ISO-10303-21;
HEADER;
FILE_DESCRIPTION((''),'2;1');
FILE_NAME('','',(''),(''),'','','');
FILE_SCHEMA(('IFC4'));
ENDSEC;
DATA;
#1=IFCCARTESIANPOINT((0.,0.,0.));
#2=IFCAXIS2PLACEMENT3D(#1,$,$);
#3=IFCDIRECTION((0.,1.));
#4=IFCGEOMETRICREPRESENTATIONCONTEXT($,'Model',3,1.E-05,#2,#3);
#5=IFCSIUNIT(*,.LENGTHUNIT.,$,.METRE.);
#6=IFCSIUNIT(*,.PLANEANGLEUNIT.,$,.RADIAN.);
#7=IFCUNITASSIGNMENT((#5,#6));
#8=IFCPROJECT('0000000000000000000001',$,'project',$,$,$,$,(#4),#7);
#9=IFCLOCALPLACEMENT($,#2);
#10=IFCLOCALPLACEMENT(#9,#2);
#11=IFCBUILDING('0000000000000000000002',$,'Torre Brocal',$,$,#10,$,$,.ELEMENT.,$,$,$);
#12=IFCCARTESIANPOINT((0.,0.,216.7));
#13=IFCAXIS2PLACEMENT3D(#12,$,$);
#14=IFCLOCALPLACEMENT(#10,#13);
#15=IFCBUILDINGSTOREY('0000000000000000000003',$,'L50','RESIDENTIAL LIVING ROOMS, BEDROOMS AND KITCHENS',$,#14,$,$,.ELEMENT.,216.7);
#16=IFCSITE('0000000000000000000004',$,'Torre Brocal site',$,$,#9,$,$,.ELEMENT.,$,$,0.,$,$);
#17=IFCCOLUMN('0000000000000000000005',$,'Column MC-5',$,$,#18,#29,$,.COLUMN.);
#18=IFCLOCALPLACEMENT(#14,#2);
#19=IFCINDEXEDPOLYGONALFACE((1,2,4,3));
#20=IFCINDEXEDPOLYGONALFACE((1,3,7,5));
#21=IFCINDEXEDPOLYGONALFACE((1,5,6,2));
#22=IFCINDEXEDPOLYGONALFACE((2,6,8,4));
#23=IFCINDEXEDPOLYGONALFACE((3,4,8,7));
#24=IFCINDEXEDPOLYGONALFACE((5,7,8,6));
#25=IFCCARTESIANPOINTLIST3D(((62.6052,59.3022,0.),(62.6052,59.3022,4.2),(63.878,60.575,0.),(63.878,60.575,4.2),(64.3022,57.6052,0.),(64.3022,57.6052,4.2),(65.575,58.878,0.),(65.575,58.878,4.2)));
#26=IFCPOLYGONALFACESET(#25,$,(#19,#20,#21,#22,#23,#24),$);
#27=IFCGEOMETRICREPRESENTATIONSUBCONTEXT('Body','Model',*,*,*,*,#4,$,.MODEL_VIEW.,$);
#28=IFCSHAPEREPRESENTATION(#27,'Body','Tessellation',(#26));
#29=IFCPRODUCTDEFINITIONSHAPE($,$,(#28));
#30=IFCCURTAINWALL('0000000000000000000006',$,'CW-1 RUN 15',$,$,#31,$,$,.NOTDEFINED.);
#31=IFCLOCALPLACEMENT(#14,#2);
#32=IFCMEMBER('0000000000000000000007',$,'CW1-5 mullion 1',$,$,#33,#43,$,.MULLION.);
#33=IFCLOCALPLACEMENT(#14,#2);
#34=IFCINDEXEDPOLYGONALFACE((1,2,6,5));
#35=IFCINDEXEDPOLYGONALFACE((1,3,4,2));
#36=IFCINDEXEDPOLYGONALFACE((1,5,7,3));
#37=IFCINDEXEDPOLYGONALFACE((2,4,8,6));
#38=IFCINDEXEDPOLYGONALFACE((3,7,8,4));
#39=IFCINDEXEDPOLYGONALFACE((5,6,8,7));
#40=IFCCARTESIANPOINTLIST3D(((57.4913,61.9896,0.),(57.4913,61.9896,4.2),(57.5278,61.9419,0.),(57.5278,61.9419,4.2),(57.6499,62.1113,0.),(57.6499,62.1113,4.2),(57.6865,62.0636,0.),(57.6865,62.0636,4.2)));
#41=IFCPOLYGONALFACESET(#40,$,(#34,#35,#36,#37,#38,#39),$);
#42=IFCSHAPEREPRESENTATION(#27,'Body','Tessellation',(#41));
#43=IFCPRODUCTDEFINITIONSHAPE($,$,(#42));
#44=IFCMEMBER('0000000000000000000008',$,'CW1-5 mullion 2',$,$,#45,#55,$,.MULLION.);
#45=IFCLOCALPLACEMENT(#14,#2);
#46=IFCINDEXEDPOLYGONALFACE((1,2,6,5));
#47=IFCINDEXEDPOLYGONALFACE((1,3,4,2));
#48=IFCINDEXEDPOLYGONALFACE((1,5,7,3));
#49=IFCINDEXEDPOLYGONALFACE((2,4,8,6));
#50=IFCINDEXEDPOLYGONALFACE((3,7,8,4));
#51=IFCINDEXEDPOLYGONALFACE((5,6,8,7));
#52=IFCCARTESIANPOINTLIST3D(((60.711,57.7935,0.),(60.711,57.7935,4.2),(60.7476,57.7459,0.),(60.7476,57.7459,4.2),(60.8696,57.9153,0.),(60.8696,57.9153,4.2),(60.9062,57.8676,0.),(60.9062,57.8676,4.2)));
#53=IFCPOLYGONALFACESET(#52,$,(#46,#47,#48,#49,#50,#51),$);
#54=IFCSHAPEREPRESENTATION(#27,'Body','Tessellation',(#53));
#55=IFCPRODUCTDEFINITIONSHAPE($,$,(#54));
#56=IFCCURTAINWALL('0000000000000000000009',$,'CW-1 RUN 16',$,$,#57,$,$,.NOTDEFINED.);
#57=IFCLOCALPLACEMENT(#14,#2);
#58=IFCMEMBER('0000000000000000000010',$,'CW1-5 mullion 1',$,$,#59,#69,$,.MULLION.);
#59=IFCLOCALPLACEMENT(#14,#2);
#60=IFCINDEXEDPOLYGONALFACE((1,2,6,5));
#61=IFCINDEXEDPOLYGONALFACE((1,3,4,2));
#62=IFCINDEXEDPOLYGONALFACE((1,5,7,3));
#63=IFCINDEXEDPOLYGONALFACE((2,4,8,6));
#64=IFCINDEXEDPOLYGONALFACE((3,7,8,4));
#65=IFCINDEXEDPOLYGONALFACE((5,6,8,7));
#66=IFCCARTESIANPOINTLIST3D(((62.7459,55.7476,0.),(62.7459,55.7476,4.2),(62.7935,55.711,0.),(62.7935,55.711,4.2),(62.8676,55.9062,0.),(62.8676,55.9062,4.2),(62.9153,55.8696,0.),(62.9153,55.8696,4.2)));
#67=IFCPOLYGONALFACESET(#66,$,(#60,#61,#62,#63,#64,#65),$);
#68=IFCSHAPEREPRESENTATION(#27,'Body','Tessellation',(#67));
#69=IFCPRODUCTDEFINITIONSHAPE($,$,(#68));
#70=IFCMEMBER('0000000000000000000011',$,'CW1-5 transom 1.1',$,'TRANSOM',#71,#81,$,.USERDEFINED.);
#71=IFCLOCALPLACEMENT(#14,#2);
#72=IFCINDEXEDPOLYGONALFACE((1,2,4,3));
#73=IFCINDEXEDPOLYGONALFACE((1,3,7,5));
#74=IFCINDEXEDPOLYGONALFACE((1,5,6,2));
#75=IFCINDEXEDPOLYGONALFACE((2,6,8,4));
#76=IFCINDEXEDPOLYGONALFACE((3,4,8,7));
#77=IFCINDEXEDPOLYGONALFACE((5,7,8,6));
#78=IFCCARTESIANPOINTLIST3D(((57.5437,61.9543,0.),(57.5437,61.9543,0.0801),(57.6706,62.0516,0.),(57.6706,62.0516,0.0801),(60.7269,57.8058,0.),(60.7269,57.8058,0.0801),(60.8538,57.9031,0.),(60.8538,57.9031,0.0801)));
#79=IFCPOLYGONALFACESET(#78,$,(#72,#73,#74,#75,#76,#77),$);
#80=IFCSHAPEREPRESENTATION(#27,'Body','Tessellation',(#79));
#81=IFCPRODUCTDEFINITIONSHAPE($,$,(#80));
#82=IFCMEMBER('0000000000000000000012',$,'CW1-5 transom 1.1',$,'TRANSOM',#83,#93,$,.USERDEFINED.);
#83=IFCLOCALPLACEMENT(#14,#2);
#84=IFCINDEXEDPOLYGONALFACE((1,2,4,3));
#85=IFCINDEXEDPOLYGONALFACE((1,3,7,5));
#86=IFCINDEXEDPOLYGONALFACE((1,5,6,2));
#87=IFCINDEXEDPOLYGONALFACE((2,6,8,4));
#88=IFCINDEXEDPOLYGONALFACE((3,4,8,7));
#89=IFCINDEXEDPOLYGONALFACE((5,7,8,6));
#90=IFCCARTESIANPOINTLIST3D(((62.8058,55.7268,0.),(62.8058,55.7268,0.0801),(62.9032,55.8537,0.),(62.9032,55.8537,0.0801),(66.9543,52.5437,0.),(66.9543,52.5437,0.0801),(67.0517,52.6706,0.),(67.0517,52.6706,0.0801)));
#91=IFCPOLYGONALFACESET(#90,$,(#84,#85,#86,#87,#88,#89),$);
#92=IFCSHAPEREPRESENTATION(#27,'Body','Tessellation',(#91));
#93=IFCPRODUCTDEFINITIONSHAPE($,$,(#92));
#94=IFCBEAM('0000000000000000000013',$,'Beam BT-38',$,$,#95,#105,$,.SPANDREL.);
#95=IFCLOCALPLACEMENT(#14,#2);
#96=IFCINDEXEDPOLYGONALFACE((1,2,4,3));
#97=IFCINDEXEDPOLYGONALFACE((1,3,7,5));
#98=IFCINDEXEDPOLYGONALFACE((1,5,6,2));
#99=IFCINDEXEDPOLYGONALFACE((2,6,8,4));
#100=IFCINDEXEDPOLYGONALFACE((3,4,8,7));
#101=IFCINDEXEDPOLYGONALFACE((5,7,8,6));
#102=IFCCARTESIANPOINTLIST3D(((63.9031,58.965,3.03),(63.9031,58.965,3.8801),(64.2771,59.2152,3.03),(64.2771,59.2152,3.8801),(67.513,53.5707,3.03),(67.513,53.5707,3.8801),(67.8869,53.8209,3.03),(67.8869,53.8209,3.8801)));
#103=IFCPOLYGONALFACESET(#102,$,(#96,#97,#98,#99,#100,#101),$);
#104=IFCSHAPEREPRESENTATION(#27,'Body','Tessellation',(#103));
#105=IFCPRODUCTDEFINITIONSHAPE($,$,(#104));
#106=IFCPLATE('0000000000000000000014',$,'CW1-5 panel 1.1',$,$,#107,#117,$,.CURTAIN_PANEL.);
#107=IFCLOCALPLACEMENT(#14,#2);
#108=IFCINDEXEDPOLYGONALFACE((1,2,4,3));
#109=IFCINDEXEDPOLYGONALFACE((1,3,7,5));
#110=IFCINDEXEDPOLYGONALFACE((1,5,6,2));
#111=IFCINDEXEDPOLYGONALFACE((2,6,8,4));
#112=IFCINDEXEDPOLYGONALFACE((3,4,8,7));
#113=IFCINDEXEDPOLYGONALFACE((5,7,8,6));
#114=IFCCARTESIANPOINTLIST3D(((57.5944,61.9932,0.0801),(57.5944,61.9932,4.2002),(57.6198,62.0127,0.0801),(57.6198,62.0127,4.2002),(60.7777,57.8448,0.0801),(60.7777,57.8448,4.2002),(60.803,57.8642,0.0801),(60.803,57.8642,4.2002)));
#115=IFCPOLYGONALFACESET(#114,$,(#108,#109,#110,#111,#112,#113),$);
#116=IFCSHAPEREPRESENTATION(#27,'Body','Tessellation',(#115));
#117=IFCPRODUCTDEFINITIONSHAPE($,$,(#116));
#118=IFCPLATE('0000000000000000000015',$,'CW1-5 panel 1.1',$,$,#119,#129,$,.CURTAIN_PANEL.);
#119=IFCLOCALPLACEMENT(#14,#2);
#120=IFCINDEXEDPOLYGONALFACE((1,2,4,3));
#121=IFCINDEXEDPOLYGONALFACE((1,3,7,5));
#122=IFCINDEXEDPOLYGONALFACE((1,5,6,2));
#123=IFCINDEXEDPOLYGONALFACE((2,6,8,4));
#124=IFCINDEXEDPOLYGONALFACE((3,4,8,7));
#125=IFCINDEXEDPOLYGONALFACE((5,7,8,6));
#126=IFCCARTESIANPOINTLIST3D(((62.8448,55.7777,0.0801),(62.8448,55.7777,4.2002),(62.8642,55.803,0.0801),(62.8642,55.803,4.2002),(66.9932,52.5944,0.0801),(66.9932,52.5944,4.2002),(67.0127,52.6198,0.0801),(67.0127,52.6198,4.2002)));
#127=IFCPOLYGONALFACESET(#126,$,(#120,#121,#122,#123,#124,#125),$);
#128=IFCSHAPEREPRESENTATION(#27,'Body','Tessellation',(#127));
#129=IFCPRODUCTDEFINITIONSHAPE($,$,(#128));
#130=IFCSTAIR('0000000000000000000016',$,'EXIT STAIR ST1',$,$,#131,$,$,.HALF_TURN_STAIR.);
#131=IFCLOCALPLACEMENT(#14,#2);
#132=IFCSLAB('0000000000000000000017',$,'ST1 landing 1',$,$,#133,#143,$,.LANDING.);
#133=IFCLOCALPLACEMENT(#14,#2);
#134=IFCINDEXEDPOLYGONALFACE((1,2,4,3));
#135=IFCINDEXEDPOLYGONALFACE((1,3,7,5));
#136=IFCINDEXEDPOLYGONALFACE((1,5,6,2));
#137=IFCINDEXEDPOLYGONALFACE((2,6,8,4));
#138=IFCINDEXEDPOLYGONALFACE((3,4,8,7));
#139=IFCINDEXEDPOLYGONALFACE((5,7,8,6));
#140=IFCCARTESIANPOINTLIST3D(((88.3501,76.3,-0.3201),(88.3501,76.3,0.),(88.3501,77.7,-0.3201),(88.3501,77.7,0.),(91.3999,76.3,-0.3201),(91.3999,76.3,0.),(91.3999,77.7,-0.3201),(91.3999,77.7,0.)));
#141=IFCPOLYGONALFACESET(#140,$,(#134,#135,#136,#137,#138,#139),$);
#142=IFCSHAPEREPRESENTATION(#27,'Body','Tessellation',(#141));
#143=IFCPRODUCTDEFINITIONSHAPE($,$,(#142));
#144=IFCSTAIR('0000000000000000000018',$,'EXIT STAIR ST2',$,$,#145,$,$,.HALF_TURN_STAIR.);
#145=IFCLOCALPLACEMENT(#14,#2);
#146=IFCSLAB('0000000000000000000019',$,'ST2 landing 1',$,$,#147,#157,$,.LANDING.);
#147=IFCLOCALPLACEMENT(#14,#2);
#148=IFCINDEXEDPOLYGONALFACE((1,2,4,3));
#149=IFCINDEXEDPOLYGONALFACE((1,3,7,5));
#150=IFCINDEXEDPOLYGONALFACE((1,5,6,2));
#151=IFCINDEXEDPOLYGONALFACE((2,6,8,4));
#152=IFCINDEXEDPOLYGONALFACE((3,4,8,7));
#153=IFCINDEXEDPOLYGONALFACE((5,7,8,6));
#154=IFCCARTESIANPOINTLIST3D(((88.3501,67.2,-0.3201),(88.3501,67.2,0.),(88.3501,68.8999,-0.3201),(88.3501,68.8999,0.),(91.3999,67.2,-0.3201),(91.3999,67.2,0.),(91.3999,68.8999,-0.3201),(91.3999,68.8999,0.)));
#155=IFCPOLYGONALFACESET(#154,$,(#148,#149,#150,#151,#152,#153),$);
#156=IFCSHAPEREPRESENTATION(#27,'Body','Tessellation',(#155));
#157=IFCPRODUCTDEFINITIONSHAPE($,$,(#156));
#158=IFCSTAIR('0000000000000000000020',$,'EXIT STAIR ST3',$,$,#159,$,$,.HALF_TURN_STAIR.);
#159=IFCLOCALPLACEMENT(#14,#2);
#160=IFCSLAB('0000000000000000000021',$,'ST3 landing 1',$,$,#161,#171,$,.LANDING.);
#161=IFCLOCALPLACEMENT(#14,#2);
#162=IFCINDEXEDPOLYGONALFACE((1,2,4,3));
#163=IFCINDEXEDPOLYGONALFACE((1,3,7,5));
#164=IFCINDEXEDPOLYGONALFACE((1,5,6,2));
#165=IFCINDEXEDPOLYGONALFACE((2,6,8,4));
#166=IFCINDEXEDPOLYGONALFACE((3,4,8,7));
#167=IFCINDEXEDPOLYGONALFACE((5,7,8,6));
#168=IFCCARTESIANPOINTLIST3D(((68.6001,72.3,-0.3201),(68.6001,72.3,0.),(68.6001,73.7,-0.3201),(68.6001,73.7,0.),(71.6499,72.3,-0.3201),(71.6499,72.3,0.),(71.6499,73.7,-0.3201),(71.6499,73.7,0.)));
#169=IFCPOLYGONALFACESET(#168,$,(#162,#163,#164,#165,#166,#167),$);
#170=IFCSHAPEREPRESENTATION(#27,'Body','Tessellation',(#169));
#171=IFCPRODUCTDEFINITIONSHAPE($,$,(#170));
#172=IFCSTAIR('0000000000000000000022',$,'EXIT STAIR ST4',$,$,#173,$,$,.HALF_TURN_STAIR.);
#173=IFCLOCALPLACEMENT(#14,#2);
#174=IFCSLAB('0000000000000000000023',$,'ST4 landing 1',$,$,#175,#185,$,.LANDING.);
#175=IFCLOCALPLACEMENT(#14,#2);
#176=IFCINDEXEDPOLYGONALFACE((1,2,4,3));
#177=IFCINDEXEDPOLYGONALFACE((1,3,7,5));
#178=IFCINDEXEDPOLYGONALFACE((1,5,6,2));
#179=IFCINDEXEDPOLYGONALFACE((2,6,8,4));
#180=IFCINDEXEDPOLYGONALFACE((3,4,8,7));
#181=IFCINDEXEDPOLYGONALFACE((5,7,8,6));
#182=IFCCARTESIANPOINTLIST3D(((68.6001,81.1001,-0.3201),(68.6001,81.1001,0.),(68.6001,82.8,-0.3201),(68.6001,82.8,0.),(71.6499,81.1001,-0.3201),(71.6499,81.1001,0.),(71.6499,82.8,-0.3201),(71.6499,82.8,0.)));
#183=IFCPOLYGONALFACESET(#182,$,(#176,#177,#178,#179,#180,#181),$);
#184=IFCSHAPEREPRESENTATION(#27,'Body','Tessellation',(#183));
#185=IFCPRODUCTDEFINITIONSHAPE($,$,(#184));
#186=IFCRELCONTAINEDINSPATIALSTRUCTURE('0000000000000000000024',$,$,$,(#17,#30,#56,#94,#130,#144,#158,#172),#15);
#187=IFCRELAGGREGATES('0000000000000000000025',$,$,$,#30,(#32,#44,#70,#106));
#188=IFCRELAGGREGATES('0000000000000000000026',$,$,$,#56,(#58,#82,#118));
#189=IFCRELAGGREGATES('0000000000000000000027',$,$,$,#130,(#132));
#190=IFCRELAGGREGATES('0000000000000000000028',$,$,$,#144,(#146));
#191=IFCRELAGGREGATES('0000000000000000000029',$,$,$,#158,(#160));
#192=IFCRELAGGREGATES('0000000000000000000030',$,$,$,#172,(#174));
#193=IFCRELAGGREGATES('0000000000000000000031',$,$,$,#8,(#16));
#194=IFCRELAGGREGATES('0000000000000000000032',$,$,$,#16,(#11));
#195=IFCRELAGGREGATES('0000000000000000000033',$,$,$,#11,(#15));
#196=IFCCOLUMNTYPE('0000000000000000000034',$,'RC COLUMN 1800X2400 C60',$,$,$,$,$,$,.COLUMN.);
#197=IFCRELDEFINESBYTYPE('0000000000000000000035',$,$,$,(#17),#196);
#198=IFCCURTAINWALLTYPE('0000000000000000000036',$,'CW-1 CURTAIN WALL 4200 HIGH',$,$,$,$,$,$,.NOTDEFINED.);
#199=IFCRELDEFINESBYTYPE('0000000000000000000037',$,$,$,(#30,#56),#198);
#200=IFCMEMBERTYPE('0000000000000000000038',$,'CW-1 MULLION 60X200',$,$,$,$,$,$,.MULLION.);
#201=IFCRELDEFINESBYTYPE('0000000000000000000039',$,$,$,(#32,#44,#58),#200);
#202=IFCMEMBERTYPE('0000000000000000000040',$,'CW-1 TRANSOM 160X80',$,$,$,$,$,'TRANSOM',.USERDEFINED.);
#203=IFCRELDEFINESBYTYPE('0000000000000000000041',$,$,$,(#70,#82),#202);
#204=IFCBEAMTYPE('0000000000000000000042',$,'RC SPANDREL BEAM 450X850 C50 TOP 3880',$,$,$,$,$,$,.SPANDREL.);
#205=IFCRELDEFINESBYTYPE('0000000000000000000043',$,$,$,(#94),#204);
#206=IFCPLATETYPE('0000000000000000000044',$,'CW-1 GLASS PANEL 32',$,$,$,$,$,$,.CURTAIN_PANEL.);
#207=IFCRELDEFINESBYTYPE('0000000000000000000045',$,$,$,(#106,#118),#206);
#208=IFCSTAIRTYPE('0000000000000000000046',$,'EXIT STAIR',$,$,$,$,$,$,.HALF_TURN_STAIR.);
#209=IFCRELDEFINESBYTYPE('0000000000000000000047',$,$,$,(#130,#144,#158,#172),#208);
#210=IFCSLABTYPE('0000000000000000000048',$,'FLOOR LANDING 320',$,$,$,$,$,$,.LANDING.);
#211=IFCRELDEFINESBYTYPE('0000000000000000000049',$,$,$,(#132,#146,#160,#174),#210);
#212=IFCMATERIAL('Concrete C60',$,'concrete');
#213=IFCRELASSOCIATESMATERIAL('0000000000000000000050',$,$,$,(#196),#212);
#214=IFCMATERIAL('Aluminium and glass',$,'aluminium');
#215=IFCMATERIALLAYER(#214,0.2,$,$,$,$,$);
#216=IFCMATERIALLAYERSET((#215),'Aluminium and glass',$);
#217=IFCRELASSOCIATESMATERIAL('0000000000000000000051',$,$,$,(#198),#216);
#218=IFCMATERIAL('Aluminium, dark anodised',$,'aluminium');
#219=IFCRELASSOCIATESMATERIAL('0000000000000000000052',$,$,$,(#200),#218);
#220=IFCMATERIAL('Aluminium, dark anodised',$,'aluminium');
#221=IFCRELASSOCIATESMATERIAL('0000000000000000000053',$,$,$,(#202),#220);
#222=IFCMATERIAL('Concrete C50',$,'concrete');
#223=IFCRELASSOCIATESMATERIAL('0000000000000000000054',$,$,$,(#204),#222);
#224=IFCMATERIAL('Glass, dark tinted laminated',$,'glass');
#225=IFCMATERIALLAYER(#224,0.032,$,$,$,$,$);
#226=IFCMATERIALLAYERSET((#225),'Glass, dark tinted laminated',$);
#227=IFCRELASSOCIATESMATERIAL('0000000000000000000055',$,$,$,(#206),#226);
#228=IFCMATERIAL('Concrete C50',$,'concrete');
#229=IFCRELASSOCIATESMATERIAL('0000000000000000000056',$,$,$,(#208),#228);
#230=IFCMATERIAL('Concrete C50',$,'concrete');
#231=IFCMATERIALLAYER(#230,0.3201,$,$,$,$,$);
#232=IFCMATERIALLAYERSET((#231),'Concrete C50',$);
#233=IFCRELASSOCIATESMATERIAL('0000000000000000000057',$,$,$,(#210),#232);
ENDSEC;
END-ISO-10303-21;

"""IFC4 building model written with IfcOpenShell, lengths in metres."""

from ifc_helpers import new_model, si_unit, direction, frame, origin, origin_2d, place, context, subcontext, project, spatial, polyline, rectangle, outline, extrude, material, layer, layer_set, material_profile, profile_set, type_object, element, aggregate, save


model = new_model("IFC4")

# Units and contexts
model_context = context("Model", 3, precision=1e-05, world=origin(), true_north=direction((0.0, 1.0)))
body_context = subcontext(model_context, "Body", "Model", "MODEL_VIEW")
ifc_project = project(units=[si_unit("LENGTHUNIT", "METRE"), si_unit("PLANEANGLEUNIT", "RADIAN")], contexts=[model_context])

# Site, building, storey
site_placement = place(None, origin())
site = spatial("IfcSite", under=ifc_project, at=site_placement, Name="Torre Brocal site", CompositionType="ELEMENT", RefElevation=0.0)
building_placement = place(site_placement, origin())
building = spatial("IfcBuilding", under=site, at=building_placement, Name="Torre Brocal", CompositionType="ELEMENT")
storey_placement = place(building_placement, frame((0.0, 0.0, 216.7)))
storey = spatial("IfcBuildingStorey", under=building, at=storey_placement, Name="L50", Description="RESIDENTIAL LIVING ROOMS, BEDROOMS AND KITCHENS", CompositionType="ELEMENT", Elevation=216.7)

# Column
ifc_material_1 = material(Name="Concrete C60", Category="concrete")
ifc_material_profile_1 = material_profile(ifc_material_1, rectangle(XDim=1.8, YDim=2.3999, at=origin_2d()), Name="RC 1800X2400")
ifc_profile_set_1 = profile_set([ifc_material_profile_1], Name="Concrete C60")
column_type = type_object("IfcColumnType", Name="RC COLUMN 1800X2400 C60", PredefinedType="COLUMN", material=ifc_profile_set_1)
column_placement = place(storey_placement, frame((64.0901, 59.0901, 0.0), z_axis=(0.0, 0.0, 1.0), x_axis=(-0.707107, -0.707107, 0.0)))
element("IfcColumn", 1, at=column_placement, inside=storey, type_object=column_type, Name="Column MC-5", PredefinedType="COLUMN", context=body_context, shape_type="SweptSolid", body=[
    extrude(rectangle(XDim=1.8, YDim=2.3999, at=origin_2d()), origin(), (0.0, 0.0, 1.0), 4.2),
])

# Curtain wall, members
ifc_material_2 = material(Name="Aluminium and glass", Category="aluminium")
ifc_layer_1 = layer(ifc_material_2, 0.2)
ifc_layer_set_1 = layer_set([ifc_layer_1], Name="Aluminium and glass")
curtain_wall_type = type_object("IfcCurtainWallType", Name="CW-1 CURTAIN WALL 4200 HIGH", PredefinedType="NOTDEFINED", material=ifc_layer_set_1)
curtain_wall_1_placement = place(storey_placement, origin())
curtain_wall_1 = element("IfcCurtainWall", 2, at=curtain_wall_1_placement, inside=storey, type_object=curtain_wall_type, Name="CW-1 RUN 15", PredefinedType="NOTDEFINED")
ifc_material_3 = material(Name="Aluminium, dark anodised", Category="aluminium")
ifc_material_profile_2 = material_profile(ifc_material_3, rectangle(XDim=0.2, YDim=0.0601, at=origin_2d()), Name="CW-1 MULLION 60X200")
ifc_profile_set_2 = profile_set([ifc_material_profile_2], Name="Aluminium, dark anodised")
member_type_1 = type_object("IfcMemberType", Name="CW-1 MULLION 60X200", PredefinedType="MULLION", material=ifc_profile_set_2)
member_1_placement = place(storey_placement, frame((57.5889, 62.0266, 0.0), z_axis=(0.0, 0.0, 1.0), x_axis=(0.793353, 0.608761, 0.0)))
member_1 = element("IfcMember", 3, at=member_1_placement, type_object=member_type_1, Name="CW1-5 mullion 1", PredefinedType="MULLION", context=body_context, shape_type="SweptSolid", body=[
    extrude(rectangle(XDim=0.2, YDim=0.0601, at=origin_2d()), origin(), (0.0, 0.0, 1.0), 4.2),
])
member_2_placement = place(storey_placement, frame((60.8086, 57.8306, 0.0), z_axis=(0.0, 0.0, 1.0), x_axis=(0.793353, 0.608761, 0.0)))
member_2 = element("IfcMember", 4, at=member_2_placement, type_object=member_type_1, Name="CW1-5 mullion 2", PredefinedType="MULLION", context=body_context, shape_type="SweptSolid", body=[
    extrude(rectangle(XDim=0.2, YDim=0.0601, at=origin_2d()), origin(), (0.0, 0.0, 1.0), 4.2),
])

# Curtain wall, member
curtain_wall_2_placement = place(storey_placement, origin())
curtain_wall_2 = element("IfcCurtainWall", 5, at=curtain_wall_2_placement, inside=storey, type_object=curtain_wall_type, Name="CW-1 RUN 16", PredefinedType="NOTDEFINED")
member_3_placement = place(storey_placement, frame((62.8306, 55.8086, 0.0), z_axis=(0.0, 0.0, 1.0), x_axis=(0.608761, 0.793353, 0.0)))
member_3 = element("IfcMember", 6, at=member_3_placement, type_object=member_type_1, Name="CW1-5 mullion 1", PredefinedType="MULLION", context=body_context, shape_type="SweptSolid", body=[
    extrude(rectangle(XDim=0.2, YDim=0.0601, at=origin_2d()), origin(), (0.0, 0.0, 1.0), 4.2),
])

# Members
ifc_material_4 = material(Name="Aluminium, dark anodised", Category="aluminium")
ifc_material_profile_3 = material_profile(ifc_material_4, rectangle(XDim=0.1599, YDim=0.0801, at=origin_2d()), Name="CW-1 TRANSOM 160X80")
ifc_profile_set_3 = profile_set([ifc_material_profile_3], Name="Aluminium, dark anodised")
member_type_2 = type_object("IfcMemberType", Name="CW-1 TRANSOM 160X80", ElementType="TRANSOM", PredefinedType="USERDEFINED", material=ifc_profile_set_3)
member_4_placement = place(storey_placement, frame((57.6072, 62.0029, 0.04), z_axis=(0.608749, -0.793363, 0.0), x_axis=(0.793363, 0.608749, 0.0)))
member_4 = element("IfcMember", 7, at=member_4_placement, type_object=member_type_2, Name="CW1-5 transom 1.1", ObjectType="TRANSOM", PredefinedType="USERDEFINED", context=body_context, shape_type="SweptSolid", body=[
    extrude(rectangle(XDim=0.1599, YDim=0.0801, at=origin_2d()), origin(), (0.0, 0.0, 1.0), 5.229),
])
member_5_placement = place(storey_placement, frame((62.8545, 55.7903, 0.04), z_axis=(0.793363, -0.608749, 0.0), x_axis=(0.608749, 0.793363, 0.0)))
member_5 = element("IfcMember", 8, at=member_5_placement, type_object=member_type_2, Name="CW1-5 transom 1.1", ObjectType="TRANSOM", PredefinedType="USERDEFINED", context=body_context, shape_type="SweptSolid", body=[
    extrude(rectangle(XDim=0.1599, YDim=0.0801, at=origin_2d()), origin(), (0.0, 0.0, 1.0), 5.229),
])

# Beam
ifc_material_5 = material(Name="Concrete C50", Category="concrete")
ifc_material_profile_4 = material_profile(ifc_material_5, rectangle(XDim=0.45, YDim=0.8501, at=origin_2d()), Name="RC 450X850")
ifc_profile_set_4 = profile_set([ifc_material_profile_4], Name="Concrete C50")
beam_type = type_object("IfcBeamType", Name="RC SPANDREL BEAM 450X850 C50 TOP 3880", PredefinedType="SPANDREL", material=ifc_profile_set_4)
beam_placement = place(storey_placement, frame((64.0901, 59.0901, 3.4551), z_axis=(0.556158, -0.831077, 0.0), x_axis=(0.831077, 0.556158, 0.0)))
element("IfcBeam", 9, at=beam_placement, inside=storey, type_object=beam_type, Name="Beam BT-38", PredefinedType="SPANDREL", context=body_context, shape_type="SweptSolid", body=[
    extrude(rectangle(XDim=0.45, YDim=0.8501, at=origin_2d()), origin(), (0.0, 0.0, 1.0), 6.4907),
])

# Plates
ifc_material_6 = material(Name="Glass, dark tinted laminated", Category="glass")
ifc_layer_2 = layer(ifc_material_6, 0.032)
ifc_layer_set_2 = layer_set([ifc_layer_2], Name="Glass, dark tinted laminated")
plate_type = type_object("IfcPlateType", Name="CW-1 GLASS PANEL 32", PredefinedType="CURTAIN_PANEL", material=ifc_layer_set_2)
plate_1_placement = place(storey_placement, frame((59.1987, 59.9287, 0.0801), z_axis=(0.0, 0.0, 1.0), x_axis=(0.608761, -0.793353, 0.0)))
plate_1 = element("IfcPlate", 10, at=plate_1_placement, type_object=plate_type, Name="CW1-5 panel 1.1", PredefinedType="CURTAIN_PANEL", context=body_context, shape_type="SweptSolid", body=[
    extrude(rectangle(XDim=5.229, YDim=0.032, at=origin_2d()), origin(), (0.0, 0.0, 1.0), 4.1201),
])
aggregate(curtain_wall_1, [member_1, member_2, member_4, plate_1])
plate_2_placement = place(storey_placement, frame((64.9287, 54.1987, 0.0801), z_axis=(0.0, 0.0, 1.0), x_axis=(0.793353, -0.608761, 0.0)))
plate_2 = element("IfcPlate", 11, at=plate_2_placement, type_object=plate_type, Name="CW1-5 panel 1.1", PredefinedType="CURTAIN_PANEL", context=body_context, shape_type="SweptSolid", body=[
    extrude(rectangle(XDim=5.229, YDim=0.032, at=origin_2d()), origin(), (0.0, 0.0, 1.0), 4.1201),
])
aggregate(curtain_wall_2, [member_3, member_5, plate_2])

# Stairs, slabs
ifc_material_7 = material(Name="Concrete C50", Category="concrete")
stair_type = type_object("IfcStairType", Name="EXIT STAIR", PredefinedType="HALF_TURN_STAIR", material=ifc_material_7)
stair_1_placement = place(storey_placement, origin())
stair_1 = element("IfcStair", 12, at=stair_1_placement, inside=storey, type_object=stair_type, Name="EXIT STAIR ST1", PredefinedType="HALF_TURN_STAIR")
ifc_material_8 = material(Name="Concrete C50", Category="concrete")
ifc_layer_3 = layer(ifc_material_8, 0.3201)
ifc_layer_set_3 = layer_set([ifc_layer_3], Name="Concrete C50")
slab_type_1 = type_object("IfcSlabType", Name="FLOOR LANDING 320", PredefinedType="LANDING", material=ifc_layer_set_3)
slab_1_placement = place(storey_placement, frame((0.0, 0.0, -0.3201)))
slab_1 = element("IfcSlab", 13, at=slab_1_placement, type_object=slab_type_1, Name="ST1 landing 1", PredefinedType="LANDING", context=body_context, shape_type="SweptSolid", body=[
    extrude(outline(polyline([(88.3501, 76.3), (91.3999, 76.3), (91.3999, 77.7), (88.3501, 77.7), (88.3501, 76.3)])), origin(), (0.0, 0.0, 1.0), 0.3201),
])
stair_2_placement = place(storey_placement, origin())
stair_2 = element("IfcStair", 14, at=stair_2_placement, inside=storey, type_object=stair_type, Name="EXIT STAIR ST2", PredefinedType="HALF_TURN_STAIR")
slab_2_placement = place(storey_placement, frame((0.0, 0.0, -0.3201)))
slab_2 = element("IfcSlab", 15, at=slab_2_placement, type_object=slab_type_1, Name="ST2 landing 1", PredefinedType="LANDING", context=body_context, shape_type="SweptSolid", body=[
    extrude(outline(polyline([(88.3501, 67.2), (91.3999, 67.2), (91.3999, 68.8999), (88.3501, 68.8999), (88.3501, 67.2)])), origin(), (0.0, 0.0, 1.0), 0.3201),
])
stair_3_placement = place(storey_placement, origin())
stair_3 = element("IfcStair", 16, at=stair_3_placement, inside=storey, type_object=stair_type, Name="EXIT STAIR ST3", PredefinedType="HALF_TURN_STAIR")
slab_3_placement = place(storey_placement, frame((0.0, 0.0, -0.3201)))
slab_3 = element("IfcSlab", 17, at=slab_3_placement, type_object=slab_type_1, Name="ST3 landing 1", PredefinedType="LANDING", context=body_context, shape_type="SweptSolid", body=[
    extrude(outline(polyline([(71.6499, 73.7), (68.6001, 73.7), (68.6001, 72.3), (71.6499, 72.3), (71.6499, 73.7)])), origin(), (0.0, 0.0, 1.0), 0.3201),
])
stair_4_placement = place(storey_placement, origin())
stair_4 = element("IfcStair", 18, at=stair_4_placement, inside=storey, type_object=stair_type, Name="EXIT STAIR ST4", PredefinedType="HALF_TURN_STAIR")
slab_4_placement = place(storey_placement, frame((0.0, 0.0, -0.3201)))
slab_4 = element("IfcSlab", 19, at=slab_4_placement, type_object=slab_type_1, Name="ST4 landing 1", PredefinedType="LANDING", context=body_context, shape_type="SweptSolid", body=[
    extrude(outline(polyline([(71.6499, 82.8), (68.6001, 82.8), (68.6001, 81.1001), (71.6499, 81.1001), (71.6499, 82.8)])), origin(), (0.0, 0.0, 1.0), 0.3201),
])

aggregate(stair_1, [slab_1])
aggregate(stair_2, [slab_2])
aggregate(stair_3, [slab_3])
aggregate(stair_4, [slab_4])

save(model, "model.ifc")
